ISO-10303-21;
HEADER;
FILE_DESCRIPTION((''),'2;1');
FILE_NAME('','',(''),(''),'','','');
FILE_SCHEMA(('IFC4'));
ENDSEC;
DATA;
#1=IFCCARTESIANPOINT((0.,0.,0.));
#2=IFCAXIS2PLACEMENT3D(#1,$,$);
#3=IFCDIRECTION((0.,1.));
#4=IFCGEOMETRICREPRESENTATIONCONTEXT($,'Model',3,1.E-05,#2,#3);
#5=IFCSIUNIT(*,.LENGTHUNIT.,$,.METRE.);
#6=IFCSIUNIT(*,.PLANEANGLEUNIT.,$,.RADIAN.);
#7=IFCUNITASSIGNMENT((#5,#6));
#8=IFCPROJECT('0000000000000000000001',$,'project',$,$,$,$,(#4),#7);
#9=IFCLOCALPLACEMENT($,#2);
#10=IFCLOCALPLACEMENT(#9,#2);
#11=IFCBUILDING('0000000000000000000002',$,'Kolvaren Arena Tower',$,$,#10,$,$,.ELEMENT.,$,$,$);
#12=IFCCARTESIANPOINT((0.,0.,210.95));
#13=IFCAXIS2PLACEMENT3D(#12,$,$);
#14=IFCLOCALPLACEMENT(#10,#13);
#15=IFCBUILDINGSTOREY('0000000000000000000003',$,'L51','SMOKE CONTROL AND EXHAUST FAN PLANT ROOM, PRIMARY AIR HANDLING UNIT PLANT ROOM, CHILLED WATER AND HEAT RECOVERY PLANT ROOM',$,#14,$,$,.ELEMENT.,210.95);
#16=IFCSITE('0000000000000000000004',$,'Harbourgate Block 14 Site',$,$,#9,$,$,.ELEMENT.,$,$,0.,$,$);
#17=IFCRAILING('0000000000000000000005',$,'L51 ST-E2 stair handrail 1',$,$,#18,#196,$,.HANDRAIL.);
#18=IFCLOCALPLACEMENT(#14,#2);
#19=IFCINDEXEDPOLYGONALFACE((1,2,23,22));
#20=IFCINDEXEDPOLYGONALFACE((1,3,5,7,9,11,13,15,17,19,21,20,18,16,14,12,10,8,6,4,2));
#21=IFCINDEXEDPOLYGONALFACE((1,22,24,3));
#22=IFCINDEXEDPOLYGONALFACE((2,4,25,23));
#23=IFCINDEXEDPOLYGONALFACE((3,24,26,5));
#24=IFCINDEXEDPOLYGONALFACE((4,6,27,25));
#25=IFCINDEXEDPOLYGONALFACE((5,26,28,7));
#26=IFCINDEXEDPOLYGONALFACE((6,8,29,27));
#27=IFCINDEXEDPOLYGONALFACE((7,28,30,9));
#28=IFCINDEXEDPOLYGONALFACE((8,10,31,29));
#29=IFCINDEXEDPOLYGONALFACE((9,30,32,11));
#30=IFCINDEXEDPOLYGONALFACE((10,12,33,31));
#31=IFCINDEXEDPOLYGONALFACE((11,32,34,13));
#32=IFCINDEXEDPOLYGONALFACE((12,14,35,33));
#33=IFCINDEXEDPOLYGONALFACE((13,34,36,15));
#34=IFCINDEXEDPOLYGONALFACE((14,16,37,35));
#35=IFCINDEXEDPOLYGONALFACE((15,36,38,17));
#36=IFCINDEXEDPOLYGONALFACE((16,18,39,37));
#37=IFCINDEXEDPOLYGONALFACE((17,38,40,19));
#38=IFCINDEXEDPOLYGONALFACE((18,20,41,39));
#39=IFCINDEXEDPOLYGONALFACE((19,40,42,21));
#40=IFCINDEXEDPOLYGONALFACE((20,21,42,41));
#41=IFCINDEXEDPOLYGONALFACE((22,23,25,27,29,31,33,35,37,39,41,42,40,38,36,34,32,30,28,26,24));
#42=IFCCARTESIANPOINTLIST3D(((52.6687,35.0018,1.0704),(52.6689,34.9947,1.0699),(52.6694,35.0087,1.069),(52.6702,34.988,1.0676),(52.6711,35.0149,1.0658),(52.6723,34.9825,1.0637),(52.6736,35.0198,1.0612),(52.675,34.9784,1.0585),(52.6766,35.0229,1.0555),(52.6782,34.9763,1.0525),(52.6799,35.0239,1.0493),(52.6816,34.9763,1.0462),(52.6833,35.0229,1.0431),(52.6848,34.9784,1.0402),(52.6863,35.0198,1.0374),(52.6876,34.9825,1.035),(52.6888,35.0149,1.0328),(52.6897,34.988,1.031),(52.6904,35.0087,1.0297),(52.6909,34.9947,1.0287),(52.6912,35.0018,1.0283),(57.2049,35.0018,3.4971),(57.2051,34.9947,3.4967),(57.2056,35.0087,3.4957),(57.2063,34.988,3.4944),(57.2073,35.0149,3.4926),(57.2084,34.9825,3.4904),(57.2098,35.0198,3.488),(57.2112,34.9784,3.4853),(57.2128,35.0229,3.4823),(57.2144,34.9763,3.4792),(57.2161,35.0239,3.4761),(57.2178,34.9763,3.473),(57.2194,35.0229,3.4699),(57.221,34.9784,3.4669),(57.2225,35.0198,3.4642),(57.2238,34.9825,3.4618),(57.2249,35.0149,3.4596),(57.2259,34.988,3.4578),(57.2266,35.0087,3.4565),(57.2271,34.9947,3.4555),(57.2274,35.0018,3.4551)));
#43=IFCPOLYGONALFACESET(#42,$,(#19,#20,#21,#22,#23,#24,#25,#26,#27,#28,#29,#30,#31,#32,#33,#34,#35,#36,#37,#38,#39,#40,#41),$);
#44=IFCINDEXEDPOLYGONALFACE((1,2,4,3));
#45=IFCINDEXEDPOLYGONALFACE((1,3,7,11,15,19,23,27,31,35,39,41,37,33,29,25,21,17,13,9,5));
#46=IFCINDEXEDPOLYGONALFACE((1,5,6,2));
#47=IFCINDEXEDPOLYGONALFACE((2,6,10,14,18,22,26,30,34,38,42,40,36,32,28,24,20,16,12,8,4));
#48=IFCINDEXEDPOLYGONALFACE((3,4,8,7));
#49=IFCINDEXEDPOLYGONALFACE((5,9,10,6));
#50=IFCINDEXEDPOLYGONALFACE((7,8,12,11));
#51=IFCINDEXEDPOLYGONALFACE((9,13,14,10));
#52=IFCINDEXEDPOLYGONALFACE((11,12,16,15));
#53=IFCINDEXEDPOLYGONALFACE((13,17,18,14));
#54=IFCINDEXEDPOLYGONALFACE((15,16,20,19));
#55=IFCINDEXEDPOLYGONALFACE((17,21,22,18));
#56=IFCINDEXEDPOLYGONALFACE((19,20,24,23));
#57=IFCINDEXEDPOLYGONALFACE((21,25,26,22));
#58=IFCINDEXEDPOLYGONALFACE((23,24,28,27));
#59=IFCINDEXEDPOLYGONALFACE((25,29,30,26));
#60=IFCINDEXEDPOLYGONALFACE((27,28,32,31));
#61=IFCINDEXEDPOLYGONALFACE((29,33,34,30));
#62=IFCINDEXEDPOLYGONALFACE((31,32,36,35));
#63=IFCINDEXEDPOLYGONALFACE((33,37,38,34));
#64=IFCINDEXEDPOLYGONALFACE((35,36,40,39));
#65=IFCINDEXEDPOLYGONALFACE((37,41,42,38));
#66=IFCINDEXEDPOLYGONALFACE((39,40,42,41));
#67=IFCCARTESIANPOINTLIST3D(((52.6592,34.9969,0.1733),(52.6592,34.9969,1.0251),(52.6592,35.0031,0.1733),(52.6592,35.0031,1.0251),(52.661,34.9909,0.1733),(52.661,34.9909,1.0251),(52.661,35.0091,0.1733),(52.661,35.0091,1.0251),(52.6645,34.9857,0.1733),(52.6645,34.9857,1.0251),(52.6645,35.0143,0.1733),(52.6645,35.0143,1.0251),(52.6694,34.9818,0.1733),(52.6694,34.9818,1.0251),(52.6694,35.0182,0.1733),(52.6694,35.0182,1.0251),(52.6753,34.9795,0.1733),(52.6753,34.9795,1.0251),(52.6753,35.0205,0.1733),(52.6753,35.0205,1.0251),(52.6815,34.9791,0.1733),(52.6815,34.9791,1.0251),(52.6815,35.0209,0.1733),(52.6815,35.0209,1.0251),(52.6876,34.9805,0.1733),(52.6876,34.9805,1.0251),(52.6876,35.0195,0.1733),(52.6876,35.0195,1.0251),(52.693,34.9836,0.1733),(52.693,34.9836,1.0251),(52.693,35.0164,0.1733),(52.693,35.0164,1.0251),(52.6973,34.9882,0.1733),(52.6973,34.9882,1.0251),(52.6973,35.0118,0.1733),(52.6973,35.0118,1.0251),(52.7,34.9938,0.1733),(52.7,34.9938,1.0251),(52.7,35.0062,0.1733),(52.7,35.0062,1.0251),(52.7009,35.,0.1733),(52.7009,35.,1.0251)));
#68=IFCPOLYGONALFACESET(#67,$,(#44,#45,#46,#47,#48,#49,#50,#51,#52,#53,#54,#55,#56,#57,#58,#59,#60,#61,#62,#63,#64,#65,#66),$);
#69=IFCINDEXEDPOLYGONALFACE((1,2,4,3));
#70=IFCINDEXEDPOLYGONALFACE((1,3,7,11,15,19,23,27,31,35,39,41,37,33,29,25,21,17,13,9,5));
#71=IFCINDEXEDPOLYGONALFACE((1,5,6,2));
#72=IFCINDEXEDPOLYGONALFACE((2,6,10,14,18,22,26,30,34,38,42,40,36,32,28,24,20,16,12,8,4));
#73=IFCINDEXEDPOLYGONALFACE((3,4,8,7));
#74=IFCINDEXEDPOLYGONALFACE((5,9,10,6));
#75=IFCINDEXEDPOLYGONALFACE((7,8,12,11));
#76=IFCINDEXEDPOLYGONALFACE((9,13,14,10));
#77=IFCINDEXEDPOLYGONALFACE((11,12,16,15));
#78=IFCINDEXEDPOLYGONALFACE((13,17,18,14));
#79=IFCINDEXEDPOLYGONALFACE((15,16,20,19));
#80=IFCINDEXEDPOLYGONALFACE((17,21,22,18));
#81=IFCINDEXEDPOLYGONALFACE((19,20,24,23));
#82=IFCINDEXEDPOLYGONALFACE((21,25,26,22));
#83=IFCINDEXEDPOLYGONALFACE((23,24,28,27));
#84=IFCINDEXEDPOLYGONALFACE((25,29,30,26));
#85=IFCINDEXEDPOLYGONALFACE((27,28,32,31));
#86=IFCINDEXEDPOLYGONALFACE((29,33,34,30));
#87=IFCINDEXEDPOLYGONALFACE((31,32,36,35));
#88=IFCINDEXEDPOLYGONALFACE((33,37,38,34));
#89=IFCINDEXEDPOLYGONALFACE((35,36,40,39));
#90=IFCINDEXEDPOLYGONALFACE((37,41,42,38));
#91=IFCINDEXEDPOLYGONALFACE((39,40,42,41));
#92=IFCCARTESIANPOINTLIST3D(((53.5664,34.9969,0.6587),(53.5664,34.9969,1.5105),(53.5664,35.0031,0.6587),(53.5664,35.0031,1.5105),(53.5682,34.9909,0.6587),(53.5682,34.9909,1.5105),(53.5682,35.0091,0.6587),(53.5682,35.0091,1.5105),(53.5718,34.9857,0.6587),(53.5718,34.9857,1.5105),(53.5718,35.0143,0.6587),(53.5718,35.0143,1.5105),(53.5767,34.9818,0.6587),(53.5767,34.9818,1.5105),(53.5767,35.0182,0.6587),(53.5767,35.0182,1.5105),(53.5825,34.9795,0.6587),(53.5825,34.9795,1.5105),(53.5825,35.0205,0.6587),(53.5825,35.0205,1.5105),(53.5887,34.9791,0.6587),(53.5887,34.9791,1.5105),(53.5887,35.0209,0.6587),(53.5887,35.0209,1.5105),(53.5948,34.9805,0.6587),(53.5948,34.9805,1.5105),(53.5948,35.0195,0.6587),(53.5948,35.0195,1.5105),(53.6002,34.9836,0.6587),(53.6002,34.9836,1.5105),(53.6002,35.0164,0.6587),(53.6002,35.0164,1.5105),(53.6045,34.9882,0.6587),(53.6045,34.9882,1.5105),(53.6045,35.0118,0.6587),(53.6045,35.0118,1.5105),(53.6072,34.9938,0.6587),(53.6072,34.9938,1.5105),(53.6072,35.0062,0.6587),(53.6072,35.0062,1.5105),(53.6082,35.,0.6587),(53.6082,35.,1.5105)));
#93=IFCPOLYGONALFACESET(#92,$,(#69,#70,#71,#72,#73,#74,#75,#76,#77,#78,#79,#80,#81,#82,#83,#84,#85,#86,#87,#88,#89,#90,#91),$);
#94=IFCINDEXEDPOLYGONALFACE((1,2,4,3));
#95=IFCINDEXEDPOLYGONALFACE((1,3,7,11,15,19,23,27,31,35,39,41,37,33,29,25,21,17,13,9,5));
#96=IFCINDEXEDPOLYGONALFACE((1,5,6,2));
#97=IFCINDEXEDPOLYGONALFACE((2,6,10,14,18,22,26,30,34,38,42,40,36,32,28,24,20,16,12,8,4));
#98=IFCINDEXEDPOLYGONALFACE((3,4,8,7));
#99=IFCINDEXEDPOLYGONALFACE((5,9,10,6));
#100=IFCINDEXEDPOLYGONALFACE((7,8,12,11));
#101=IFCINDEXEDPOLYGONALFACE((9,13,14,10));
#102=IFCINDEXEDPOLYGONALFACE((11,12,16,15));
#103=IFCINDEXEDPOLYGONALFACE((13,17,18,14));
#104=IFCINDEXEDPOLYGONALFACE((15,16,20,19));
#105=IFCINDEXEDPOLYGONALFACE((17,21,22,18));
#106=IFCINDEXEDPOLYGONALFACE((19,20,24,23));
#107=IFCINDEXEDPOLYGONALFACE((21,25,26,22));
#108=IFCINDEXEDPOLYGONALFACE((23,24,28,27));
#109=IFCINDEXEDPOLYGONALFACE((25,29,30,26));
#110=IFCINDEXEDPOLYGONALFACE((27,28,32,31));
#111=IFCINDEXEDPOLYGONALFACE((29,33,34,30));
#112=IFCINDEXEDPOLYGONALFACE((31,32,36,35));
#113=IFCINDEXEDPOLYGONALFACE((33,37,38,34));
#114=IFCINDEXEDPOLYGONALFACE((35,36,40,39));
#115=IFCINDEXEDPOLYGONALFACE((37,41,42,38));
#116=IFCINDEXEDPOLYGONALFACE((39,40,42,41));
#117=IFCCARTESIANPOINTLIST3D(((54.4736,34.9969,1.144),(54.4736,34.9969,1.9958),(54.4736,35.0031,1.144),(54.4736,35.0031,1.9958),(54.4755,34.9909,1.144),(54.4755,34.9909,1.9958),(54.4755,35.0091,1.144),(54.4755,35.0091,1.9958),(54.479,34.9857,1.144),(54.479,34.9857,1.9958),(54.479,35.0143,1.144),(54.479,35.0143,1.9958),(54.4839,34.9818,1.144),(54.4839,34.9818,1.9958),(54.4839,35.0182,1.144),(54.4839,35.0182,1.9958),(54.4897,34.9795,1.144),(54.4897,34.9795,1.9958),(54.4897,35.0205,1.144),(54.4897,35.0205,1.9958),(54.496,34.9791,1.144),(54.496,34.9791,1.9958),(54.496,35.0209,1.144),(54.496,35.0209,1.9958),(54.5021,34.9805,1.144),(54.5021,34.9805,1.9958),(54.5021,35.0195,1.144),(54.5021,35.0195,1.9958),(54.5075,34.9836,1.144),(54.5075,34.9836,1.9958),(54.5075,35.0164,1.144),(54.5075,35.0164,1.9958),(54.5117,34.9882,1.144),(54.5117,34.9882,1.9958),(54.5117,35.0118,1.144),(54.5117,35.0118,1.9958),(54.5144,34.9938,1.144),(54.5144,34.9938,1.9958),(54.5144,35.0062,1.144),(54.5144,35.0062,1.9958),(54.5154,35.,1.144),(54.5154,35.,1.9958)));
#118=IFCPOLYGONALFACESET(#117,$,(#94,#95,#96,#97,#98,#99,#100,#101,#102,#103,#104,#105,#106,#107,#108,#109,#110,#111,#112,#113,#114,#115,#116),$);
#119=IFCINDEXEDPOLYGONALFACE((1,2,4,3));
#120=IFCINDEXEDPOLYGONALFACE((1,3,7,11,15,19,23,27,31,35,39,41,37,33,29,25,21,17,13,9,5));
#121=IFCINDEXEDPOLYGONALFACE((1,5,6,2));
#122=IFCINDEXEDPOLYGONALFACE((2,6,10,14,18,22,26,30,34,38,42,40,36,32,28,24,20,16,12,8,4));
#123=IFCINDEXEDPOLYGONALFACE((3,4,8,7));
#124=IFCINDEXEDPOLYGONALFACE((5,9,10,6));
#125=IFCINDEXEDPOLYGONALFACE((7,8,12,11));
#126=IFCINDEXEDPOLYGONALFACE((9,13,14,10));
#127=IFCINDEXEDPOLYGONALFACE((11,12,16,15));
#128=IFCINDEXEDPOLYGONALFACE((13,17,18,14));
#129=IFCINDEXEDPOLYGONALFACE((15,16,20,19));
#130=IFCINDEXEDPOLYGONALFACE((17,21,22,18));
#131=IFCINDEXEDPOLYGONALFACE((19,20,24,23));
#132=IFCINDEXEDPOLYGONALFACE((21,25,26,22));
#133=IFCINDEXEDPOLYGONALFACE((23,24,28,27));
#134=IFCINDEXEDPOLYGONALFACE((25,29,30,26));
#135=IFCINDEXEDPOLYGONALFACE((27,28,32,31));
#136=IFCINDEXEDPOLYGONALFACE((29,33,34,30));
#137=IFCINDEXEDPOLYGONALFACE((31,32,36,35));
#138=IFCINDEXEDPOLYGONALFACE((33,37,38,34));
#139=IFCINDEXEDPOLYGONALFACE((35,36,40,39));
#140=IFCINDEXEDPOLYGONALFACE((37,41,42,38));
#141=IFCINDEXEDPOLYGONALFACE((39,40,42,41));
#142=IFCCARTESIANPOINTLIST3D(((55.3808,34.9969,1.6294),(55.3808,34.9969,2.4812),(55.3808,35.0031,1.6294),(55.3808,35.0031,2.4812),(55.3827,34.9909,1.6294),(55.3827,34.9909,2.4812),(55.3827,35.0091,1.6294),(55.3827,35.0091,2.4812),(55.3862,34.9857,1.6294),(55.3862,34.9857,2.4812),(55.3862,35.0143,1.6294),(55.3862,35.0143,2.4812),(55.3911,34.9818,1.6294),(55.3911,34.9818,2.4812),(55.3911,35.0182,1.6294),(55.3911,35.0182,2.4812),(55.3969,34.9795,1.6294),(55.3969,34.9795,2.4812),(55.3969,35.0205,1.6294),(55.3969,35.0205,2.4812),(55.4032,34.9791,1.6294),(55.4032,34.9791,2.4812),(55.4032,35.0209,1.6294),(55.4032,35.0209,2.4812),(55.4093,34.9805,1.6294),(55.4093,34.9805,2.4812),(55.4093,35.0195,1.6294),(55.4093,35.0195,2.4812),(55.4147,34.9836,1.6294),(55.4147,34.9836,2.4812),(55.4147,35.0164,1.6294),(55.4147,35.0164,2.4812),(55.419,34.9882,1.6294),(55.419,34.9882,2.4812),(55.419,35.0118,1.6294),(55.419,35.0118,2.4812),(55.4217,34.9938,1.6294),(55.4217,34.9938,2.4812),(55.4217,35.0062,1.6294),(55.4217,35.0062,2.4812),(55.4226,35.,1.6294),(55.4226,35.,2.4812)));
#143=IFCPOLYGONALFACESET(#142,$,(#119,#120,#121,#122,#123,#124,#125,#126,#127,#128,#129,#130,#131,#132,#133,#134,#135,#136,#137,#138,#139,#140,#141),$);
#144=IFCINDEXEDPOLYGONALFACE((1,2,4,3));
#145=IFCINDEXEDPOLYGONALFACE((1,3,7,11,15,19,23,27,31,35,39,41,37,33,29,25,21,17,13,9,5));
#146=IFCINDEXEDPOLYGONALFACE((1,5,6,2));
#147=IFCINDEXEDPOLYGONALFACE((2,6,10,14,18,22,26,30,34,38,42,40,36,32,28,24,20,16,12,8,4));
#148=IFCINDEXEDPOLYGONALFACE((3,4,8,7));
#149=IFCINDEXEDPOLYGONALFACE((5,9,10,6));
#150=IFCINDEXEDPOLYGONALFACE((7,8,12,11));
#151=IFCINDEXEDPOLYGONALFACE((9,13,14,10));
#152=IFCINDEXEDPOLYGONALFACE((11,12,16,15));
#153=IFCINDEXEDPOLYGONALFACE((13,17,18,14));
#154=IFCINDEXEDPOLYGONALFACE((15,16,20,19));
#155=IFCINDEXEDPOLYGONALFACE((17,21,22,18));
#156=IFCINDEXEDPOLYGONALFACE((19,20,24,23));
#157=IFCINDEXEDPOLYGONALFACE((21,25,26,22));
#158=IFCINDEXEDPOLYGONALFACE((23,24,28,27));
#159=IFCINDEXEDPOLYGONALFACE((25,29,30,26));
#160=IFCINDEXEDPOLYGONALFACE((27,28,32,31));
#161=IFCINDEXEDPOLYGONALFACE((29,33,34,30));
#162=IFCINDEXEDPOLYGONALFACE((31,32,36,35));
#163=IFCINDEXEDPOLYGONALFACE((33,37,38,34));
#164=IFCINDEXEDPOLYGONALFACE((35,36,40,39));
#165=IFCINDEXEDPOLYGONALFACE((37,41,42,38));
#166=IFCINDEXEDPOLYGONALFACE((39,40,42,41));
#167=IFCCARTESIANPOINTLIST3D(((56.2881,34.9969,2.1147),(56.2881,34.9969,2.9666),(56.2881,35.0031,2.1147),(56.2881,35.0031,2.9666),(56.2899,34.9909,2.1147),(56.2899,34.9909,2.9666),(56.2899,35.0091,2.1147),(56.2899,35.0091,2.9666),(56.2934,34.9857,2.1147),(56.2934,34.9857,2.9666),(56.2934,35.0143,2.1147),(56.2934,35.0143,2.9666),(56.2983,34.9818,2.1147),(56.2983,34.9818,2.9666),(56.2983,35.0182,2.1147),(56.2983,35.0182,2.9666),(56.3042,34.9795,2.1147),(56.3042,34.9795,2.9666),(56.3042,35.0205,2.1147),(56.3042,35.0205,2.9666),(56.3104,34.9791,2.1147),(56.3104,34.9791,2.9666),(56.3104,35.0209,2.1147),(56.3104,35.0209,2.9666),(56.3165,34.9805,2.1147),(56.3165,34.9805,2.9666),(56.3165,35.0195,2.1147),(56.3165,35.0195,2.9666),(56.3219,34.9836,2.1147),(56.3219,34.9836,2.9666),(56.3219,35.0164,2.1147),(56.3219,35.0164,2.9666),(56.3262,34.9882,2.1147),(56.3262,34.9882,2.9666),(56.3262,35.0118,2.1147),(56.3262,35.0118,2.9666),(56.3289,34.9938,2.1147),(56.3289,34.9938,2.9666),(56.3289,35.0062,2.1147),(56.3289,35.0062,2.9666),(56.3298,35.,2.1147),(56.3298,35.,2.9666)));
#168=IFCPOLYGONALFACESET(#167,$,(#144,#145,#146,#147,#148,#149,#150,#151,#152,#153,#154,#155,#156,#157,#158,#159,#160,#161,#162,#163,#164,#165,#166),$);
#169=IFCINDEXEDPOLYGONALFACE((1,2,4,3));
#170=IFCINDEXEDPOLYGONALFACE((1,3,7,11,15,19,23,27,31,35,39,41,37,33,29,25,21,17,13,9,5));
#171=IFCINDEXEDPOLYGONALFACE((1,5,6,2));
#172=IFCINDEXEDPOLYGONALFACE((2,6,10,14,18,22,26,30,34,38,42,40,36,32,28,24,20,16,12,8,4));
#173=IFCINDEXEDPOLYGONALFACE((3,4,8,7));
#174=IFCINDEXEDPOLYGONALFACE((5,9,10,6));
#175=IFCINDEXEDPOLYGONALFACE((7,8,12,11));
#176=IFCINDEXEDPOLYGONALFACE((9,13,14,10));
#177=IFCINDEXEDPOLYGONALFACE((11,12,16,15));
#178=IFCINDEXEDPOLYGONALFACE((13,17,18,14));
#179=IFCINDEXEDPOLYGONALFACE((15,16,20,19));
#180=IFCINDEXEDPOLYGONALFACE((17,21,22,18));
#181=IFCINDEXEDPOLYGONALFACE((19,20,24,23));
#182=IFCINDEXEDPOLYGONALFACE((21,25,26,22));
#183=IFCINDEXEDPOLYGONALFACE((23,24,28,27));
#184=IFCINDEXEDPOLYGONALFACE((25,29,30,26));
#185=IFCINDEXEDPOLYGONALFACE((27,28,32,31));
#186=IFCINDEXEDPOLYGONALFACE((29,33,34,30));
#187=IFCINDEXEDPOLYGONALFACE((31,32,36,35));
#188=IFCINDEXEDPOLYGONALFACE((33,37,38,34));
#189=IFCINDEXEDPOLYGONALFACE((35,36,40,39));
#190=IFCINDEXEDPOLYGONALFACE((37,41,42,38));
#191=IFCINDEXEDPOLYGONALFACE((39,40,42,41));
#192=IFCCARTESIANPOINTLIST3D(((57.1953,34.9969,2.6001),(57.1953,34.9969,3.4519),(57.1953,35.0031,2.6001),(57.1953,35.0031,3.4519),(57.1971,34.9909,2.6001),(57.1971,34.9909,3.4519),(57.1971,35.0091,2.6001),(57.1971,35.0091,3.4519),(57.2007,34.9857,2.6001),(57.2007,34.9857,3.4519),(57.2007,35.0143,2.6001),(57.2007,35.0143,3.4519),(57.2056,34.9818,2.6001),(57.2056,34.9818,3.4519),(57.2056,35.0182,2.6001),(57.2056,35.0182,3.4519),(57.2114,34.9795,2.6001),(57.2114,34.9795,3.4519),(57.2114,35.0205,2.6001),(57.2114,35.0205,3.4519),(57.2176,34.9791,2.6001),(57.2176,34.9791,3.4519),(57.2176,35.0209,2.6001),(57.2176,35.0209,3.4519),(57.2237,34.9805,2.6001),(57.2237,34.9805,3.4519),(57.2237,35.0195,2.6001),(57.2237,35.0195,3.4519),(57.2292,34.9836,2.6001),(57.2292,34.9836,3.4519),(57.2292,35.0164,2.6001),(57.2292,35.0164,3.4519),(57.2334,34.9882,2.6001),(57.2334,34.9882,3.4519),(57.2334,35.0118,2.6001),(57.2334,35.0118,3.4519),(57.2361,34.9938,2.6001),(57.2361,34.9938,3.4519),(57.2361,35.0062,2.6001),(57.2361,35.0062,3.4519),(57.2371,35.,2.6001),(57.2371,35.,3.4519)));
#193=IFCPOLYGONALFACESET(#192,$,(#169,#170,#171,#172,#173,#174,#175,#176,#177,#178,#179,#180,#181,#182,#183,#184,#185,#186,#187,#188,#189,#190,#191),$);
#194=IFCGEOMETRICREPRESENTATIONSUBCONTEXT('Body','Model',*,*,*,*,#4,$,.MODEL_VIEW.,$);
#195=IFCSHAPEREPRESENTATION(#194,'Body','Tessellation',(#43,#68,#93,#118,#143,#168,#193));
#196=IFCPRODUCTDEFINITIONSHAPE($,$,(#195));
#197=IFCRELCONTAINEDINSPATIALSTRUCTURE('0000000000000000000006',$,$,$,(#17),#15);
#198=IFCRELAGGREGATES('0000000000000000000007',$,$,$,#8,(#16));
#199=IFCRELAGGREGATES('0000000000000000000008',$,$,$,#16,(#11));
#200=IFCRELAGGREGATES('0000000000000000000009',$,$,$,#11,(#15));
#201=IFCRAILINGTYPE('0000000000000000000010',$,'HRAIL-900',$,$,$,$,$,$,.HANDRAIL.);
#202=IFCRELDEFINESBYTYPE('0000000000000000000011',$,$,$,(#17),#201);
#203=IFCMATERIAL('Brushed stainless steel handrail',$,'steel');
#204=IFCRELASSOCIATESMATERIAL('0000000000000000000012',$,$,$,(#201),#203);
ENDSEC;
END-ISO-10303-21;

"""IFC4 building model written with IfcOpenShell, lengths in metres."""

from ifc_helpers import new_model, si_unit, direction, frame, origin, origin_2d, place, context, subcontext, project, spatial, circle, extrude, material, type_object, element, save


model = new_model("IFC4")

# Units and contexts
model_context = context("Model", 3, precision=1e-05, world=origin(), true_north=direction((0.0, 1.0)))
body_context = subcontext(model_context, "Body", "Model", "MODEL_VIEW")
ifc_project = project(units=[si_unit("LENGTHUNIT", "METRE"), si_unit("PLANEANGLEUNIT", "RADIAN")], contexts=[model_context])

# Site, building, storey
site_placement = place(None, origin())
site = spatial("IfcSite", under=ifc_project, at=site_placement, Name="Harbourgate Block 14 Site", CompositionType="ELEMENT", RefElevation=0.0)
building_placement = place(site_placement, origin())
building = spatial("IfcBuilding", under=site, at=building_placement, Name="Kolvaren Arena Tower", CompositionType="ELEMENT")
storey_placement = place(building_placement, frame((0.0, 0.0, 210.95)))
storey = spatial("IfcBuildingStorey", under=building, at=storey_placement, Name="L51", Description="SMOKE CONTROL AND EXHAUST FAN PLANT ROOM, PRIMARY AIR HANDLING UNIT PLANT ROOM, CHILLED WATER AND HEAT RECOVERY PLANT ROOM", CompositionType="ELEMENT", Elevation=210.95)

# Railing
ifc_material_1 = material(Name="Brushed stainless steel handrail", Category="steel")
railing_type_1 = type_object("IfcRailingType", Name="HRAIL-900", PredefinedType="HANDRAIL", material=ifc_material_1)
for number, where, name in (
    (1, (52.6799, 35.0, 0.1733), "L51 ST-E2 stair handrail 1"),
):
    element("IfcRailing", number, at=place(storey_placement, frame(where)), inside=storey, type_object=railing_type_1, Name=name, PredefinedType="HANDRAIL", context=body_context, shape_type="SweptSolid", body=[
        extrude(circle(Radius=0.0239, at=origin_2d()), frame((0.0, 0.0, 0.876), z_axis=(0.881748, 0.0, 0.471721), x_axis=(0.0, 1.0, 0.0)), (0.0, 0.0, 1.0), 5.1445),
        extrude(circle(Radius=0.021, at=origin_2d()), origin(), (0.0, 0.0, 1.0), 0.8518),
        extrude(circle(Radius=0.021, at=origin_2d()), frame((0.9072, 0.0, 0.4854)), (0.0, 0.0, 1.0), 0.8518),
        extrude(circle(Radius=0.021, at=origin_2d()), frame((1.8145, 0.0, 0.9707)), (0.0, 0.0, 1.0), 0.8518),
        extrude(circle(Radius=0.021, at=origin_2d()), frame((2.7217, 0.0, 1.4561)), (0.0, 0.0, 1.0), 0.8518),
        extrude(circle(Radius=0.021, at=origin_2d()), frame((3.6289, 0.0, 1.9414)), (0.0, 0.0, 1.0), 0.8518),
        extrude(circle(Radius=0.021, at=origin_2d()), frame((4.5361, 0.0, 2.4268)), (0.0, 0.0, 1.0), 0.8518),
    ])

save(model, "model.ifc")
